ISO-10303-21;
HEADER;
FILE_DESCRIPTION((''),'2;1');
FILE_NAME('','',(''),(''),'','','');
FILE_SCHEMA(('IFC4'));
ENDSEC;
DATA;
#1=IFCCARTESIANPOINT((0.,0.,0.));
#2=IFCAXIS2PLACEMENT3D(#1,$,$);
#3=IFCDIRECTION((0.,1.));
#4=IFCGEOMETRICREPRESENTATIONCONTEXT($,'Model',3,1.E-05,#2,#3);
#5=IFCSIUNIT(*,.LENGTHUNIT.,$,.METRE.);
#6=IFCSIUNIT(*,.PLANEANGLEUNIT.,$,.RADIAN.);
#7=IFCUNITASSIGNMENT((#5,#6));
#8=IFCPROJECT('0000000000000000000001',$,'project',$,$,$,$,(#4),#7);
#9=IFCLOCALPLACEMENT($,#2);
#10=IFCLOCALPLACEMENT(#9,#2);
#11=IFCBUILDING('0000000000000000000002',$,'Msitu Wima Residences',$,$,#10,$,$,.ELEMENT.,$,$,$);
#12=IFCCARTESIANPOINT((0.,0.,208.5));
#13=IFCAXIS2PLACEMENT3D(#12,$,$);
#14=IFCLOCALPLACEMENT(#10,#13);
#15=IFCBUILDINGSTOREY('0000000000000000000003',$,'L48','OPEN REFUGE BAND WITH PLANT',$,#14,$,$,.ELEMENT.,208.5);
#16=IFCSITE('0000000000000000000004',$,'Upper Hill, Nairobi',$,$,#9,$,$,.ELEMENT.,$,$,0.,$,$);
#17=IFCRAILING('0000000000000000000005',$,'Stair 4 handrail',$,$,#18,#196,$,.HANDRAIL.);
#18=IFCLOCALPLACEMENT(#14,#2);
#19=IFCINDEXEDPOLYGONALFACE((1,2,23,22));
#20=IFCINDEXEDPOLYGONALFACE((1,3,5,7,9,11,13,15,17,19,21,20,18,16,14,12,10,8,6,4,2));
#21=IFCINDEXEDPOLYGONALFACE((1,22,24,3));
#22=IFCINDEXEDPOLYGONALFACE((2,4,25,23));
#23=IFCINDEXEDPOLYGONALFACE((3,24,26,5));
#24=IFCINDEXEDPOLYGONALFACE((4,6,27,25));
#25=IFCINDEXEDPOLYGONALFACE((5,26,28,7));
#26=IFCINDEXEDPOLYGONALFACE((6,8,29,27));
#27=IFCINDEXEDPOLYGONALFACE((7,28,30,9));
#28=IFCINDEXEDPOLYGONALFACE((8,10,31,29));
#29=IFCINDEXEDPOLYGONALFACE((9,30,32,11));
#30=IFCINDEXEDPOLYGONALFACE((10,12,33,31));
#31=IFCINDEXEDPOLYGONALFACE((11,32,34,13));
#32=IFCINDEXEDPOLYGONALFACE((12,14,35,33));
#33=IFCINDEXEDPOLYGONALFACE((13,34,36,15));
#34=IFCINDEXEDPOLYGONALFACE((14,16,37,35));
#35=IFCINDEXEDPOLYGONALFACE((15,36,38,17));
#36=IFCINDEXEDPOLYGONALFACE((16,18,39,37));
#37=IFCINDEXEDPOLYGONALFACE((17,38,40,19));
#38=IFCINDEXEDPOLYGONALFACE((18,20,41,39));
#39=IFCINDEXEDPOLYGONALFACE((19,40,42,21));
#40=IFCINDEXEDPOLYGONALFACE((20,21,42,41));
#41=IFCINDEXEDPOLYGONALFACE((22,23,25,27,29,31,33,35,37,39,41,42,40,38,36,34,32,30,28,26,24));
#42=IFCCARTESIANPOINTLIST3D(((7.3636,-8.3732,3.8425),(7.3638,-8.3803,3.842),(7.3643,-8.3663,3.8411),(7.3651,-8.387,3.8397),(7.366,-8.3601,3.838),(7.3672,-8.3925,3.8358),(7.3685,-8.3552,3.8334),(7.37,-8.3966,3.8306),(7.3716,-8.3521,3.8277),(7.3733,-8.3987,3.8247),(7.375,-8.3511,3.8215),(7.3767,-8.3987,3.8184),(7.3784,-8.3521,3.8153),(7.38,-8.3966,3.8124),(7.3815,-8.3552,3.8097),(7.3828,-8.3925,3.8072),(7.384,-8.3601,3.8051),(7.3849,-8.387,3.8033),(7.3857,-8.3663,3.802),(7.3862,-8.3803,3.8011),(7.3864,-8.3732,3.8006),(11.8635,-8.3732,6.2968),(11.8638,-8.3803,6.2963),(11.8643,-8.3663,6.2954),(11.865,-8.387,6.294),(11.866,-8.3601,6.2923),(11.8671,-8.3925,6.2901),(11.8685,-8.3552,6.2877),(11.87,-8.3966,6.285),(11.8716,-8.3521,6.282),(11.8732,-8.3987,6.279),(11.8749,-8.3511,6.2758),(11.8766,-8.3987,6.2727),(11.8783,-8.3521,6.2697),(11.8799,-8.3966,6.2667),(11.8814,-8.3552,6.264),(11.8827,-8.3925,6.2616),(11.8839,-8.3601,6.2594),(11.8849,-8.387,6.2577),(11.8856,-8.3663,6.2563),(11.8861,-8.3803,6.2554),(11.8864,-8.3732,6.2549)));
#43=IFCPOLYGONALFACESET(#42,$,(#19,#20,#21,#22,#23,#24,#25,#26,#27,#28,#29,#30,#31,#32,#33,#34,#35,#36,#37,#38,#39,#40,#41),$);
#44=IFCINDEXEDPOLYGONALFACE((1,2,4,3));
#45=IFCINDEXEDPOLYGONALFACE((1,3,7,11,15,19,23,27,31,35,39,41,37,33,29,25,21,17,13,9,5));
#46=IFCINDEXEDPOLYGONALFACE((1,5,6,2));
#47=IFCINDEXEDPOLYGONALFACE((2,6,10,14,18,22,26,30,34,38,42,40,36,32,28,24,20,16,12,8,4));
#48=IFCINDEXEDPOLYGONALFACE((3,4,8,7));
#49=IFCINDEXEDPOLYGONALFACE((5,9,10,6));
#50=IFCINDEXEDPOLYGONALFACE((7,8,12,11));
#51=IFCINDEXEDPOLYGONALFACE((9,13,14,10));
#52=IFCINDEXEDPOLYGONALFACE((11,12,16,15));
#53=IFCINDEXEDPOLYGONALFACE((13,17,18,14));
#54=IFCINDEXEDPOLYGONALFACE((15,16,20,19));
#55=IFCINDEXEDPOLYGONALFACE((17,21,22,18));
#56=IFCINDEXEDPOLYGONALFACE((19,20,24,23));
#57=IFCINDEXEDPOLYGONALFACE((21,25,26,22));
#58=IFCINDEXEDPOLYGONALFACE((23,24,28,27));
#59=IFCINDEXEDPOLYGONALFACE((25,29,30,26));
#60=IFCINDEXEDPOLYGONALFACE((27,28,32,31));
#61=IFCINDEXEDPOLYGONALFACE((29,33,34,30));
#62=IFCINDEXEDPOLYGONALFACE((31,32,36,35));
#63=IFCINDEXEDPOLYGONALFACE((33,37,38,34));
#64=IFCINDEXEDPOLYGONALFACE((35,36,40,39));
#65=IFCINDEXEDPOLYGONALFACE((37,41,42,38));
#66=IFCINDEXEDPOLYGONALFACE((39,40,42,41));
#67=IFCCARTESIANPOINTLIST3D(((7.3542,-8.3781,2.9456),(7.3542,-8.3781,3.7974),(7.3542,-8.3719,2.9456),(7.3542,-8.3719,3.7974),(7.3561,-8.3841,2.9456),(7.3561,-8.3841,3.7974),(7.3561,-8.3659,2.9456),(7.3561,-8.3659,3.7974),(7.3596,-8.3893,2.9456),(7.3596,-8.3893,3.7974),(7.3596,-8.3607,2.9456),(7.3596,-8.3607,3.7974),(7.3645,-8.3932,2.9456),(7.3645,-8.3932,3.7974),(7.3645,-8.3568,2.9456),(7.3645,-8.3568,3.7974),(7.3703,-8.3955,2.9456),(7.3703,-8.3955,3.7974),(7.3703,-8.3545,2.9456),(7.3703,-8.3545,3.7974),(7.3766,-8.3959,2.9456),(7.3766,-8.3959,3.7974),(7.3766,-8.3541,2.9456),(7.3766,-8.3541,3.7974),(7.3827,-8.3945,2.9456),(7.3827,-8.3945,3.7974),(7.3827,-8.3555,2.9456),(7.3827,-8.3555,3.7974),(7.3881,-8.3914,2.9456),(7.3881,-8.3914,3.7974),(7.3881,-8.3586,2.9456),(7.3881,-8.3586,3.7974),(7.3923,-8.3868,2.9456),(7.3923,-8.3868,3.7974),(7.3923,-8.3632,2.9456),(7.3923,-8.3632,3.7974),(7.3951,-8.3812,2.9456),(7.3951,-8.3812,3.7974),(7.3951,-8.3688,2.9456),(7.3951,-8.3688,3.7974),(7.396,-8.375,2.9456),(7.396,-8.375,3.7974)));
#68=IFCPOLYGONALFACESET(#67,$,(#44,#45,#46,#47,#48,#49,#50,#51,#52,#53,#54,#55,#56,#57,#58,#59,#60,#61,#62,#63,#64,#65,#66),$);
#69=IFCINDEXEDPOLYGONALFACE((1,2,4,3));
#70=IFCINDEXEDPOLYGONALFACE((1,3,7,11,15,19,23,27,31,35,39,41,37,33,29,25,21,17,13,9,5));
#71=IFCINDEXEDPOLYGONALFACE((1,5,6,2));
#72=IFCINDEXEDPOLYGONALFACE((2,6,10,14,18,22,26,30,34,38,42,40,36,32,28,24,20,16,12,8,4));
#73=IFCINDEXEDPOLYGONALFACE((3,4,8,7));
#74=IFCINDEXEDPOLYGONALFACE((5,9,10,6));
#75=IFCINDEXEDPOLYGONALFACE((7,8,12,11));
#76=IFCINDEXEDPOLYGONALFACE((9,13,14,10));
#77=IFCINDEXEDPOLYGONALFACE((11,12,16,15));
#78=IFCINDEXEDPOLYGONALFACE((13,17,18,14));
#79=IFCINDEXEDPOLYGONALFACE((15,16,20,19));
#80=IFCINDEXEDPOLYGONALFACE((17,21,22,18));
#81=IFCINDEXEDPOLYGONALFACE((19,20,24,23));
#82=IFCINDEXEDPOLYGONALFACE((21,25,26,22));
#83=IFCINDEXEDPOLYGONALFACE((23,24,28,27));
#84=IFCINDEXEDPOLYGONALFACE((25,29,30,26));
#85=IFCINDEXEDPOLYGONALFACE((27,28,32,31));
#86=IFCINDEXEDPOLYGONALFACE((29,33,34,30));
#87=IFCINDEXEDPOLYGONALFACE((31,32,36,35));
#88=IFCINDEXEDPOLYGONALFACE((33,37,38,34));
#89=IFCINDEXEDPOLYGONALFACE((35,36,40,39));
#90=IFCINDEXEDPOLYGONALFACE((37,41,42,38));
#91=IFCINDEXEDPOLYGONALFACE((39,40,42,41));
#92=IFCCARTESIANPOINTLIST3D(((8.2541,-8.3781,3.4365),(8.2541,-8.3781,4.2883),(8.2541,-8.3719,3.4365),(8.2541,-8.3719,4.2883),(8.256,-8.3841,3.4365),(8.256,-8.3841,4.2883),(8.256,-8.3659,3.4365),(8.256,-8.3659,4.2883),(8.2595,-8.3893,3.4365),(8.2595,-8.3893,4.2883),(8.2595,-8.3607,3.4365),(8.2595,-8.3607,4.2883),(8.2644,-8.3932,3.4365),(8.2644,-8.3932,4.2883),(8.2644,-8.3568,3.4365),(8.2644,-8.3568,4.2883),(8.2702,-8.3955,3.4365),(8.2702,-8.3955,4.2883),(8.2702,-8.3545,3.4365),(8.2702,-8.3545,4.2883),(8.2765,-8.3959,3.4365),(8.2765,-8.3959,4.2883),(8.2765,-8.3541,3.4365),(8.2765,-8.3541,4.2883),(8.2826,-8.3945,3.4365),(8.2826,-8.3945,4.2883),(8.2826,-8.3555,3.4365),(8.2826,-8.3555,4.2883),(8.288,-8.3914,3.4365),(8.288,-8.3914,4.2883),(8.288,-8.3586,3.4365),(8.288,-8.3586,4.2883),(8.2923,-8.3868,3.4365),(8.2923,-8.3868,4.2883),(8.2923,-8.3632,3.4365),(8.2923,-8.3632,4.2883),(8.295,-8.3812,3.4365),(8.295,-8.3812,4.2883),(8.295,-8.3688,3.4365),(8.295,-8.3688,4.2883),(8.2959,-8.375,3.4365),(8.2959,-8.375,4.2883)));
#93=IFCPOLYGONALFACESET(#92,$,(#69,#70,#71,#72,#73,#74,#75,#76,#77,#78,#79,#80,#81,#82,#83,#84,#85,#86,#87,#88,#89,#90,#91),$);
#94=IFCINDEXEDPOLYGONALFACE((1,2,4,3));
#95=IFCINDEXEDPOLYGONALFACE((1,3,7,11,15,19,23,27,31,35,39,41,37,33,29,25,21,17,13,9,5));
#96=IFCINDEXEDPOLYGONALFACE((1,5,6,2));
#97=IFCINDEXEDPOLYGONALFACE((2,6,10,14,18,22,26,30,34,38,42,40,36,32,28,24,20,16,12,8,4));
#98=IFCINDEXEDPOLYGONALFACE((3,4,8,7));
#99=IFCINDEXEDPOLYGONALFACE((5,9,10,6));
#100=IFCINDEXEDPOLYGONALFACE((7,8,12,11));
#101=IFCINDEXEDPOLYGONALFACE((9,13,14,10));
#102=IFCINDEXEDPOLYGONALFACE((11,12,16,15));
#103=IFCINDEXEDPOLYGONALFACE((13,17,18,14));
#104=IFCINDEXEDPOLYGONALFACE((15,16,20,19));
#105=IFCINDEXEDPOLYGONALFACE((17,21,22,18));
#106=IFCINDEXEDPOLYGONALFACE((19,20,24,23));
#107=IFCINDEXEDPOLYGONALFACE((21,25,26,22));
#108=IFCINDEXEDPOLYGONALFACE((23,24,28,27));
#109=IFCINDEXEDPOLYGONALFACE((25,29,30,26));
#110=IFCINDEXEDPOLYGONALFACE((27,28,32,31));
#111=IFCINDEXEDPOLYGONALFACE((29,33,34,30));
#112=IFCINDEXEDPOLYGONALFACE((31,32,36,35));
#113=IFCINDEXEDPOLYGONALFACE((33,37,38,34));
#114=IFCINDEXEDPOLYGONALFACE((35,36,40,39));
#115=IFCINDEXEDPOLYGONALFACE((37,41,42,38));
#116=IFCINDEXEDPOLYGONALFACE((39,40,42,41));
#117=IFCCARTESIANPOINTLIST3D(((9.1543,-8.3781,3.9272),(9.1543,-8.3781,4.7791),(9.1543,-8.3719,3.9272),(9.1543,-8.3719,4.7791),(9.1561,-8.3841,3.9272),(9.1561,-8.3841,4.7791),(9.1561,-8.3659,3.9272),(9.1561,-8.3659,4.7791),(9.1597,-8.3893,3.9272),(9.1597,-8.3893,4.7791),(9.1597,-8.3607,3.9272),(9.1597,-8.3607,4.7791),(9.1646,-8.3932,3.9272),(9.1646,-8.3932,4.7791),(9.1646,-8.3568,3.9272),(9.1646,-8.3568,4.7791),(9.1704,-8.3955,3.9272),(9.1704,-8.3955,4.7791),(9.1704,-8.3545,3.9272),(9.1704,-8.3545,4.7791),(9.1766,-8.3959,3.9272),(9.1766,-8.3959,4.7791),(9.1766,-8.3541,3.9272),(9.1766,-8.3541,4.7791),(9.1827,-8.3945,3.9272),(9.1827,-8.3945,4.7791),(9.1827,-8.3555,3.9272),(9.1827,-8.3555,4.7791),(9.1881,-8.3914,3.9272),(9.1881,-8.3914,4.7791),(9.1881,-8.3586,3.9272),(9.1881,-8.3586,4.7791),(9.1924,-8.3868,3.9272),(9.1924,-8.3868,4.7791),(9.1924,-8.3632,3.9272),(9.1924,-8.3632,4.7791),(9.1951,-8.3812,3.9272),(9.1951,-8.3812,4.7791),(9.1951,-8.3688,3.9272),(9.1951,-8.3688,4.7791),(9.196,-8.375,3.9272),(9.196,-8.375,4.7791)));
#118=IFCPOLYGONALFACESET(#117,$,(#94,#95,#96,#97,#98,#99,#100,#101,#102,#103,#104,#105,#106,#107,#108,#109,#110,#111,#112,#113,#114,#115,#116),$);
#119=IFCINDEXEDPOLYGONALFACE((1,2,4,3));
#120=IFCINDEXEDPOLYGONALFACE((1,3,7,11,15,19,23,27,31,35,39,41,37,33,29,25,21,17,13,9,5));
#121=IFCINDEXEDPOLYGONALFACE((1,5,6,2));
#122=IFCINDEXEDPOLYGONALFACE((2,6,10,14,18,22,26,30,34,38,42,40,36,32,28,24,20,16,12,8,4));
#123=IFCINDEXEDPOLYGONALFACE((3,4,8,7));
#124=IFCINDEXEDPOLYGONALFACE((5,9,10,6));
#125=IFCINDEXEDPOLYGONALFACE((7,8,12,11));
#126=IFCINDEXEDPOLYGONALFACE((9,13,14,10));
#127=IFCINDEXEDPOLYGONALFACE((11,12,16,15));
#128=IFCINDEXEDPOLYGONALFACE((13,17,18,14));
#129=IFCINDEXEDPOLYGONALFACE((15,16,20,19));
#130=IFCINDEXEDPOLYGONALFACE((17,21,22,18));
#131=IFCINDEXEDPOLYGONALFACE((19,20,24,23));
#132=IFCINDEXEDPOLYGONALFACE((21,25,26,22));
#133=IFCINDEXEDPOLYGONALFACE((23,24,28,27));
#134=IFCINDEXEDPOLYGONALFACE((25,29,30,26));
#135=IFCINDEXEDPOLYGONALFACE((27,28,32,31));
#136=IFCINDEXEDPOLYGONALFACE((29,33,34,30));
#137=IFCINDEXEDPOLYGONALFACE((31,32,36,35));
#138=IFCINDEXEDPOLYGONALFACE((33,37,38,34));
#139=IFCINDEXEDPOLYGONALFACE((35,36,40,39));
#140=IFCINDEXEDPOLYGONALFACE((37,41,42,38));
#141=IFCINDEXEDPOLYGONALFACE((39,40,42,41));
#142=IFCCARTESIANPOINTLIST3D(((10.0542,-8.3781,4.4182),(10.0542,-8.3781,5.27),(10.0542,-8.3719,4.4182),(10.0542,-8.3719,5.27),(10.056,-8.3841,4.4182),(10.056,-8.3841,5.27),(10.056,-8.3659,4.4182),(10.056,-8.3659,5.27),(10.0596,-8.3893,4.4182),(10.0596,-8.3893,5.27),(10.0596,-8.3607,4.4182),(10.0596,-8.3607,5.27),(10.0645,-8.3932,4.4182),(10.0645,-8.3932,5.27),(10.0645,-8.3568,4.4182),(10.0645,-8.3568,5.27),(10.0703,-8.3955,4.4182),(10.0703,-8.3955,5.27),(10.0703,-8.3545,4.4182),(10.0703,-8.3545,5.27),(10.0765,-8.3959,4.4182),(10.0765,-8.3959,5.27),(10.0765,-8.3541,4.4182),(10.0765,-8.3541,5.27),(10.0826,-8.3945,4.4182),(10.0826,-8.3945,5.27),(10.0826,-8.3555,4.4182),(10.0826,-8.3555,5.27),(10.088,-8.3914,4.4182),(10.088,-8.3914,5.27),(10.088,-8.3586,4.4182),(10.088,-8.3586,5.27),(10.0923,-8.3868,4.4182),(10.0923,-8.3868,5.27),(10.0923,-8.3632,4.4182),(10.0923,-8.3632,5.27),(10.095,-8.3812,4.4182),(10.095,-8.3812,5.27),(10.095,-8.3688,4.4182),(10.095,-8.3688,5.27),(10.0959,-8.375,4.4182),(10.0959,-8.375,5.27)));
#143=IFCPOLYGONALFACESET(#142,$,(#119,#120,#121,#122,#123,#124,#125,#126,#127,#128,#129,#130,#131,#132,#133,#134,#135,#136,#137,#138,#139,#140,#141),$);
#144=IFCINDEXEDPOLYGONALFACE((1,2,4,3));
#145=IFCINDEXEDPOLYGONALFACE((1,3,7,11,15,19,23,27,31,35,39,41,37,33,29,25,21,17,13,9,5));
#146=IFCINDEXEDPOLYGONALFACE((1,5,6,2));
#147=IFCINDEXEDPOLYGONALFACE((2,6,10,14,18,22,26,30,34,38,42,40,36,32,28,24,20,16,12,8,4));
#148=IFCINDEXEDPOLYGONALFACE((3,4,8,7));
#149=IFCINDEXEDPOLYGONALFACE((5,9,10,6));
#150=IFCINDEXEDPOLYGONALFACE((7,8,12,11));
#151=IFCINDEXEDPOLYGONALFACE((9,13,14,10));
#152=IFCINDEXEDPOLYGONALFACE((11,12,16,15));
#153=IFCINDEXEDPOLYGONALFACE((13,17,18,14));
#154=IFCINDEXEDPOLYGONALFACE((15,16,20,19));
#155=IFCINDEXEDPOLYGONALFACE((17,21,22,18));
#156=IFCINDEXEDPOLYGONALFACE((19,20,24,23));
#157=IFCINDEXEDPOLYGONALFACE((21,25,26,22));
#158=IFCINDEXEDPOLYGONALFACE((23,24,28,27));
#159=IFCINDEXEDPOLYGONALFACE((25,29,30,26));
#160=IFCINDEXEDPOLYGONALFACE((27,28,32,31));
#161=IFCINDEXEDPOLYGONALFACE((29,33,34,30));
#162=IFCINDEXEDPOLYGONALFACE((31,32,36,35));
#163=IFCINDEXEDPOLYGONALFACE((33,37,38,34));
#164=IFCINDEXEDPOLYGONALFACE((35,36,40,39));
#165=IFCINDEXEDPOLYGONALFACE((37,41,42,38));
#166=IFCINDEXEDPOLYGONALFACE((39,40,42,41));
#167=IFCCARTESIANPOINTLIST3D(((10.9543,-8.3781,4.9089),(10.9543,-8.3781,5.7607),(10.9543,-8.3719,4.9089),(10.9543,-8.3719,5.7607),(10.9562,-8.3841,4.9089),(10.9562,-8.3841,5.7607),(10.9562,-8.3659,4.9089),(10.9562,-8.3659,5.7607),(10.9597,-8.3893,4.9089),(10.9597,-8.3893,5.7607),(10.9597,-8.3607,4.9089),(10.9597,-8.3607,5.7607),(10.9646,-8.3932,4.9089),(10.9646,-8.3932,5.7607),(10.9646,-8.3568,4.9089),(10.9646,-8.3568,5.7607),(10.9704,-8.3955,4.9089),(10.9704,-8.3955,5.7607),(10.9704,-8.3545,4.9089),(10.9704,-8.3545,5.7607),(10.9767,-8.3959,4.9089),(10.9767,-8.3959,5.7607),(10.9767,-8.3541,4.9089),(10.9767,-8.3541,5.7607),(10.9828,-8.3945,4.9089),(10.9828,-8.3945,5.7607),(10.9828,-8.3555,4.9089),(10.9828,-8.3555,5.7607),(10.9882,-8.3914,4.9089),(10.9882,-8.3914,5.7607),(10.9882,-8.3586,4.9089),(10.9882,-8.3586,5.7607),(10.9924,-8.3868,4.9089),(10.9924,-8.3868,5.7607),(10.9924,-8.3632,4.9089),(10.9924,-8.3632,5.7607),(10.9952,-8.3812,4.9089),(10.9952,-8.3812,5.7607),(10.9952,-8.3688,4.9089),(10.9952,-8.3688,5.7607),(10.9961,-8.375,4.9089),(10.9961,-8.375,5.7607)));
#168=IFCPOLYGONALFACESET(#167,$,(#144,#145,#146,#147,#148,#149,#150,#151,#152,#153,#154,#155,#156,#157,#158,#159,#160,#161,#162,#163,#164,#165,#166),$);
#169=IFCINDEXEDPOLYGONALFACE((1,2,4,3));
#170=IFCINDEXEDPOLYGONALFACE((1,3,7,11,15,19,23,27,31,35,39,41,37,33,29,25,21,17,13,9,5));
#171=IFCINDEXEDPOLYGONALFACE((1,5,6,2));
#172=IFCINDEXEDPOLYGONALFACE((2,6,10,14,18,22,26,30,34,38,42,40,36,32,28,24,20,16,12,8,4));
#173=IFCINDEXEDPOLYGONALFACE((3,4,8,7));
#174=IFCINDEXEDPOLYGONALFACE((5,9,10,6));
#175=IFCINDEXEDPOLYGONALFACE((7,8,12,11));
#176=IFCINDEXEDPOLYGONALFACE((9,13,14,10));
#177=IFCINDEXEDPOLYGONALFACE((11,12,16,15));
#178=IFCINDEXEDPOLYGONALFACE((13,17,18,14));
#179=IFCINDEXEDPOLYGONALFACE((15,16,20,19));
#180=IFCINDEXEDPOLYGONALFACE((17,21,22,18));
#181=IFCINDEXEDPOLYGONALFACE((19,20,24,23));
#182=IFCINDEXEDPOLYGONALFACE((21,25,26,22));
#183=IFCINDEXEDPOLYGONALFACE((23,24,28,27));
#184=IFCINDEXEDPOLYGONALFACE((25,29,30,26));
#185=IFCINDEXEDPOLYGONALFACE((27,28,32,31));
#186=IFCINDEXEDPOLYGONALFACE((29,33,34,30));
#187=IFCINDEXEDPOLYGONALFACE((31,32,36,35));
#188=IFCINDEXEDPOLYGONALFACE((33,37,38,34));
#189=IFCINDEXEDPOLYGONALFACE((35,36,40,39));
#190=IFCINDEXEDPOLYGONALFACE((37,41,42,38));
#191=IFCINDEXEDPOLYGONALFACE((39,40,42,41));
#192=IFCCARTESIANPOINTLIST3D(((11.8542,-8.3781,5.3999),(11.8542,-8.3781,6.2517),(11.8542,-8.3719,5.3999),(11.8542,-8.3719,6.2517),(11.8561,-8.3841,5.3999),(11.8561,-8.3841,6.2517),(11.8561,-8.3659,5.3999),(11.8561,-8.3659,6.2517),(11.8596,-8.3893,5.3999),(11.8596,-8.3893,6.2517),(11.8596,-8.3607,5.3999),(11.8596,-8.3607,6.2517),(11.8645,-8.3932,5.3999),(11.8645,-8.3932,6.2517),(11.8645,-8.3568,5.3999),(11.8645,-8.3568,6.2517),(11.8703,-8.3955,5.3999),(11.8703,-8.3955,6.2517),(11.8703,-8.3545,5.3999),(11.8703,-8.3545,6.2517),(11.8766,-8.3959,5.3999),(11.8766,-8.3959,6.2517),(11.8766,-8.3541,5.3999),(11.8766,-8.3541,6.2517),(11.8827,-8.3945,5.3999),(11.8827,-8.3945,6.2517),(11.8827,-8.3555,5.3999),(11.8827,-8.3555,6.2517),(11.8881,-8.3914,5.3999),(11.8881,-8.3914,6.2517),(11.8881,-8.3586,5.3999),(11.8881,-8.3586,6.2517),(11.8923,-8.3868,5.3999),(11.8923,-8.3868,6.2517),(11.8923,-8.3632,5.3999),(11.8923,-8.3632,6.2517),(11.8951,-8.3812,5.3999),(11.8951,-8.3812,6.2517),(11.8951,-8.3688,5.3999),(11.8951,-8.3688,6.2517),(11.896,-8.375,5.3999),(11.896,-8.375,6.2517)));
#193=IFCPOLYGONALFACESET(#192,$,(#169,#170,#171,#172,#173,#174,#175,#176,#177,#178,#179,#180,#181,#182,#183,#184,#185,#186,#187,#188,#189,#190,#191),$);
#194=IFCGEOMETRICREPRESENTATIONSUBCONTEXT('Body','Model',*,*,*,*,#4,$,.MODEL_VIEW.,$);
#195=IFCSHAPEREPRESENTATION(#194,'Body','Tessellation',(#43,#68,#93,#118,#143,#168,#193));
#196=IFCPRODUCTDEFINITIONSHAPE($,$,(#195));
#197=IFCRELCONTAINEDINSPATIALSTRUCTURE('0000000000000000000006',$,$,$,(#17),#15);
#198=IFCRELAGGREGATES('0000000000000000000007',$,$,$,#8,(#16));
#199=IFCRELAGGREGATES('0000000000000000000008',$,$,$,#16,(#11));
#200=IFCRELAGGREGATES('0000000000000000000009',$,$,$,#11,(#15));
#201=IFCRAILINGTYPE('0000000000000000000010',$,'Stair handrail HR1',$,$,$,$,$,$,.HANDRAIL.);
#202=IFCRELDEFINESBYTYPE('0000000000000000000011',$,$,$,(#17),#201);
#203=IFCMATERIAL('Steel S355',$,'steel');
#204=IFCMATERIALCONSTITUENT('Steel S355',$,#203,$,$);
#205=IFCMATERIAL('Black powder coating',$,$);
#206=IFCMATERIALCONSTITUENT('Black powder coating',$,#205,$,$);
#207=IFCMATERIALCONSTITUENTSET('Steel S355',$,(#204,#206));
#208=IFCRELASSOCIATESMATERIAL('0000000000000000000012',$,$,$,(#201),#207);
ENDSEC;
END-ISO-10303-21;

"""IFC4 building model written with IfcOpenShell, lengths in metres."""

from ifc_helpers import new_model, si_unit, direction, frame, origin, origin_2d, place, context, subcontext, project, spatial, circle, extrude, material, constituent, constituent_set, type_object, element, save


model = new_model("IFC4")

# Units and contexts
model_context = context("Model", 3, precision=1e-05, world=origin(), true_north=direction((0.0, 1.0)))
body_context = subcontext(model_context, "Body", "Model", "MODEL_VIEW")
ifc_project = project(units=[si_unit("LENGTHUNIT", "METRE"), si_unit("PLANEANGLEUNIT", "RADIAN")], contexts=[model_context])

# Site, building, storey
site_placement = place(None, origin())
site = spatial("IfcSite", under=ifc_project, at=site_placement, Name="Upper Hill, Nairobi", CompositionType="ELEMENT", RefElevation=0.0)
building_placement = place(site_placement, origin())
building = spatial("IfcBuilding", under=site, at=building_placement, Name="Msitu Wima Residences", CompositionType="ELEMENT")
storey_placement = place(building_placement, frame((0.0, 0.0, 208.5)))
storey = spatial("IfcBuildingStorey", under=building, at=storey_placement, Name="L48", Description="OPEN REFUGE BAND WITH PLANT", CompositionType="ELEMENT", Elevation=208.5)

# Railing
ifc_material_1 = material(Name="Steel S355", Category="steel")
ifc_constituent_1 = constituent(ifc_material_1, Name="Steel S355")
ifc_material_2 = material(Name="Black powder coating")
ifc_constituent_2 = constituent(ifc_material_2, Name="Black powder coating")
ifc_constituent_set_1 = constituent_set(constituents=[ifc_constituent_1, ifc_constituent_2], Name="Steel S355")
railing_type_1 = type_object("IfcRailingType", Name="Stair handrail HR1", PredefinedType="HANDRAIL", material=ifc_constituent_set_1)
for number, where, name in (
    (1, (7.375, -8.375, 2.9456), "Stair 4 handrail"),
):
    element("IfcRailing", number, at=place(storey_placement, frame(where)), inside=storey, type_object=railing_type_1, Name=name, PredefinedType="HANDRAIL", context=body_context, shape_type="SweptSolid", body=[
        extrude(circle(Radius=0.0239, at=origin_2d()), frame((0.0, 0.0, 0.876), z_axis=(0.877912, 0.0, 0.478822), x_axis=(0.0, 1.0, 0.0)), (0.0, 0.0, 1.0), 5.1257),
        extrude(circle(Radius=0.021, at=origin_2d()), origin(), (0.0, 0.0, 1.0), 0.8518),
        extrude(circle(Radius=0.021, at=origin_2d()), frame((0.8999, 0.0, 0.491)), (0.0, 0.0, 1.0), 0.8518),
        extrude(circle(Radius=0.021, at=origin_2d()), frame((1.8, 0.0, 0.9817)), (0.0, 0.0, 1.0), 0.8518),
        extrude(circle(Radius=0.021, at=origin_2d()), frame((2.7, 0.0, 1.4727)), (0.0, 0.0, 1.0), 0.8518),
        extrude(circle(Radius=0.021, at=origin_2d()), frame((3.6001, 0.0, 1.9634)), (0.0, 0.0, 1.0), 0.8518),
        extrude(circle(Radius=0.021, at=origin_2d()), frame((4.5, 0.0, 2.4543)), (0.0, 0.0, 1.0), 0.8518),
    ])

save(model, "model.ifc")
